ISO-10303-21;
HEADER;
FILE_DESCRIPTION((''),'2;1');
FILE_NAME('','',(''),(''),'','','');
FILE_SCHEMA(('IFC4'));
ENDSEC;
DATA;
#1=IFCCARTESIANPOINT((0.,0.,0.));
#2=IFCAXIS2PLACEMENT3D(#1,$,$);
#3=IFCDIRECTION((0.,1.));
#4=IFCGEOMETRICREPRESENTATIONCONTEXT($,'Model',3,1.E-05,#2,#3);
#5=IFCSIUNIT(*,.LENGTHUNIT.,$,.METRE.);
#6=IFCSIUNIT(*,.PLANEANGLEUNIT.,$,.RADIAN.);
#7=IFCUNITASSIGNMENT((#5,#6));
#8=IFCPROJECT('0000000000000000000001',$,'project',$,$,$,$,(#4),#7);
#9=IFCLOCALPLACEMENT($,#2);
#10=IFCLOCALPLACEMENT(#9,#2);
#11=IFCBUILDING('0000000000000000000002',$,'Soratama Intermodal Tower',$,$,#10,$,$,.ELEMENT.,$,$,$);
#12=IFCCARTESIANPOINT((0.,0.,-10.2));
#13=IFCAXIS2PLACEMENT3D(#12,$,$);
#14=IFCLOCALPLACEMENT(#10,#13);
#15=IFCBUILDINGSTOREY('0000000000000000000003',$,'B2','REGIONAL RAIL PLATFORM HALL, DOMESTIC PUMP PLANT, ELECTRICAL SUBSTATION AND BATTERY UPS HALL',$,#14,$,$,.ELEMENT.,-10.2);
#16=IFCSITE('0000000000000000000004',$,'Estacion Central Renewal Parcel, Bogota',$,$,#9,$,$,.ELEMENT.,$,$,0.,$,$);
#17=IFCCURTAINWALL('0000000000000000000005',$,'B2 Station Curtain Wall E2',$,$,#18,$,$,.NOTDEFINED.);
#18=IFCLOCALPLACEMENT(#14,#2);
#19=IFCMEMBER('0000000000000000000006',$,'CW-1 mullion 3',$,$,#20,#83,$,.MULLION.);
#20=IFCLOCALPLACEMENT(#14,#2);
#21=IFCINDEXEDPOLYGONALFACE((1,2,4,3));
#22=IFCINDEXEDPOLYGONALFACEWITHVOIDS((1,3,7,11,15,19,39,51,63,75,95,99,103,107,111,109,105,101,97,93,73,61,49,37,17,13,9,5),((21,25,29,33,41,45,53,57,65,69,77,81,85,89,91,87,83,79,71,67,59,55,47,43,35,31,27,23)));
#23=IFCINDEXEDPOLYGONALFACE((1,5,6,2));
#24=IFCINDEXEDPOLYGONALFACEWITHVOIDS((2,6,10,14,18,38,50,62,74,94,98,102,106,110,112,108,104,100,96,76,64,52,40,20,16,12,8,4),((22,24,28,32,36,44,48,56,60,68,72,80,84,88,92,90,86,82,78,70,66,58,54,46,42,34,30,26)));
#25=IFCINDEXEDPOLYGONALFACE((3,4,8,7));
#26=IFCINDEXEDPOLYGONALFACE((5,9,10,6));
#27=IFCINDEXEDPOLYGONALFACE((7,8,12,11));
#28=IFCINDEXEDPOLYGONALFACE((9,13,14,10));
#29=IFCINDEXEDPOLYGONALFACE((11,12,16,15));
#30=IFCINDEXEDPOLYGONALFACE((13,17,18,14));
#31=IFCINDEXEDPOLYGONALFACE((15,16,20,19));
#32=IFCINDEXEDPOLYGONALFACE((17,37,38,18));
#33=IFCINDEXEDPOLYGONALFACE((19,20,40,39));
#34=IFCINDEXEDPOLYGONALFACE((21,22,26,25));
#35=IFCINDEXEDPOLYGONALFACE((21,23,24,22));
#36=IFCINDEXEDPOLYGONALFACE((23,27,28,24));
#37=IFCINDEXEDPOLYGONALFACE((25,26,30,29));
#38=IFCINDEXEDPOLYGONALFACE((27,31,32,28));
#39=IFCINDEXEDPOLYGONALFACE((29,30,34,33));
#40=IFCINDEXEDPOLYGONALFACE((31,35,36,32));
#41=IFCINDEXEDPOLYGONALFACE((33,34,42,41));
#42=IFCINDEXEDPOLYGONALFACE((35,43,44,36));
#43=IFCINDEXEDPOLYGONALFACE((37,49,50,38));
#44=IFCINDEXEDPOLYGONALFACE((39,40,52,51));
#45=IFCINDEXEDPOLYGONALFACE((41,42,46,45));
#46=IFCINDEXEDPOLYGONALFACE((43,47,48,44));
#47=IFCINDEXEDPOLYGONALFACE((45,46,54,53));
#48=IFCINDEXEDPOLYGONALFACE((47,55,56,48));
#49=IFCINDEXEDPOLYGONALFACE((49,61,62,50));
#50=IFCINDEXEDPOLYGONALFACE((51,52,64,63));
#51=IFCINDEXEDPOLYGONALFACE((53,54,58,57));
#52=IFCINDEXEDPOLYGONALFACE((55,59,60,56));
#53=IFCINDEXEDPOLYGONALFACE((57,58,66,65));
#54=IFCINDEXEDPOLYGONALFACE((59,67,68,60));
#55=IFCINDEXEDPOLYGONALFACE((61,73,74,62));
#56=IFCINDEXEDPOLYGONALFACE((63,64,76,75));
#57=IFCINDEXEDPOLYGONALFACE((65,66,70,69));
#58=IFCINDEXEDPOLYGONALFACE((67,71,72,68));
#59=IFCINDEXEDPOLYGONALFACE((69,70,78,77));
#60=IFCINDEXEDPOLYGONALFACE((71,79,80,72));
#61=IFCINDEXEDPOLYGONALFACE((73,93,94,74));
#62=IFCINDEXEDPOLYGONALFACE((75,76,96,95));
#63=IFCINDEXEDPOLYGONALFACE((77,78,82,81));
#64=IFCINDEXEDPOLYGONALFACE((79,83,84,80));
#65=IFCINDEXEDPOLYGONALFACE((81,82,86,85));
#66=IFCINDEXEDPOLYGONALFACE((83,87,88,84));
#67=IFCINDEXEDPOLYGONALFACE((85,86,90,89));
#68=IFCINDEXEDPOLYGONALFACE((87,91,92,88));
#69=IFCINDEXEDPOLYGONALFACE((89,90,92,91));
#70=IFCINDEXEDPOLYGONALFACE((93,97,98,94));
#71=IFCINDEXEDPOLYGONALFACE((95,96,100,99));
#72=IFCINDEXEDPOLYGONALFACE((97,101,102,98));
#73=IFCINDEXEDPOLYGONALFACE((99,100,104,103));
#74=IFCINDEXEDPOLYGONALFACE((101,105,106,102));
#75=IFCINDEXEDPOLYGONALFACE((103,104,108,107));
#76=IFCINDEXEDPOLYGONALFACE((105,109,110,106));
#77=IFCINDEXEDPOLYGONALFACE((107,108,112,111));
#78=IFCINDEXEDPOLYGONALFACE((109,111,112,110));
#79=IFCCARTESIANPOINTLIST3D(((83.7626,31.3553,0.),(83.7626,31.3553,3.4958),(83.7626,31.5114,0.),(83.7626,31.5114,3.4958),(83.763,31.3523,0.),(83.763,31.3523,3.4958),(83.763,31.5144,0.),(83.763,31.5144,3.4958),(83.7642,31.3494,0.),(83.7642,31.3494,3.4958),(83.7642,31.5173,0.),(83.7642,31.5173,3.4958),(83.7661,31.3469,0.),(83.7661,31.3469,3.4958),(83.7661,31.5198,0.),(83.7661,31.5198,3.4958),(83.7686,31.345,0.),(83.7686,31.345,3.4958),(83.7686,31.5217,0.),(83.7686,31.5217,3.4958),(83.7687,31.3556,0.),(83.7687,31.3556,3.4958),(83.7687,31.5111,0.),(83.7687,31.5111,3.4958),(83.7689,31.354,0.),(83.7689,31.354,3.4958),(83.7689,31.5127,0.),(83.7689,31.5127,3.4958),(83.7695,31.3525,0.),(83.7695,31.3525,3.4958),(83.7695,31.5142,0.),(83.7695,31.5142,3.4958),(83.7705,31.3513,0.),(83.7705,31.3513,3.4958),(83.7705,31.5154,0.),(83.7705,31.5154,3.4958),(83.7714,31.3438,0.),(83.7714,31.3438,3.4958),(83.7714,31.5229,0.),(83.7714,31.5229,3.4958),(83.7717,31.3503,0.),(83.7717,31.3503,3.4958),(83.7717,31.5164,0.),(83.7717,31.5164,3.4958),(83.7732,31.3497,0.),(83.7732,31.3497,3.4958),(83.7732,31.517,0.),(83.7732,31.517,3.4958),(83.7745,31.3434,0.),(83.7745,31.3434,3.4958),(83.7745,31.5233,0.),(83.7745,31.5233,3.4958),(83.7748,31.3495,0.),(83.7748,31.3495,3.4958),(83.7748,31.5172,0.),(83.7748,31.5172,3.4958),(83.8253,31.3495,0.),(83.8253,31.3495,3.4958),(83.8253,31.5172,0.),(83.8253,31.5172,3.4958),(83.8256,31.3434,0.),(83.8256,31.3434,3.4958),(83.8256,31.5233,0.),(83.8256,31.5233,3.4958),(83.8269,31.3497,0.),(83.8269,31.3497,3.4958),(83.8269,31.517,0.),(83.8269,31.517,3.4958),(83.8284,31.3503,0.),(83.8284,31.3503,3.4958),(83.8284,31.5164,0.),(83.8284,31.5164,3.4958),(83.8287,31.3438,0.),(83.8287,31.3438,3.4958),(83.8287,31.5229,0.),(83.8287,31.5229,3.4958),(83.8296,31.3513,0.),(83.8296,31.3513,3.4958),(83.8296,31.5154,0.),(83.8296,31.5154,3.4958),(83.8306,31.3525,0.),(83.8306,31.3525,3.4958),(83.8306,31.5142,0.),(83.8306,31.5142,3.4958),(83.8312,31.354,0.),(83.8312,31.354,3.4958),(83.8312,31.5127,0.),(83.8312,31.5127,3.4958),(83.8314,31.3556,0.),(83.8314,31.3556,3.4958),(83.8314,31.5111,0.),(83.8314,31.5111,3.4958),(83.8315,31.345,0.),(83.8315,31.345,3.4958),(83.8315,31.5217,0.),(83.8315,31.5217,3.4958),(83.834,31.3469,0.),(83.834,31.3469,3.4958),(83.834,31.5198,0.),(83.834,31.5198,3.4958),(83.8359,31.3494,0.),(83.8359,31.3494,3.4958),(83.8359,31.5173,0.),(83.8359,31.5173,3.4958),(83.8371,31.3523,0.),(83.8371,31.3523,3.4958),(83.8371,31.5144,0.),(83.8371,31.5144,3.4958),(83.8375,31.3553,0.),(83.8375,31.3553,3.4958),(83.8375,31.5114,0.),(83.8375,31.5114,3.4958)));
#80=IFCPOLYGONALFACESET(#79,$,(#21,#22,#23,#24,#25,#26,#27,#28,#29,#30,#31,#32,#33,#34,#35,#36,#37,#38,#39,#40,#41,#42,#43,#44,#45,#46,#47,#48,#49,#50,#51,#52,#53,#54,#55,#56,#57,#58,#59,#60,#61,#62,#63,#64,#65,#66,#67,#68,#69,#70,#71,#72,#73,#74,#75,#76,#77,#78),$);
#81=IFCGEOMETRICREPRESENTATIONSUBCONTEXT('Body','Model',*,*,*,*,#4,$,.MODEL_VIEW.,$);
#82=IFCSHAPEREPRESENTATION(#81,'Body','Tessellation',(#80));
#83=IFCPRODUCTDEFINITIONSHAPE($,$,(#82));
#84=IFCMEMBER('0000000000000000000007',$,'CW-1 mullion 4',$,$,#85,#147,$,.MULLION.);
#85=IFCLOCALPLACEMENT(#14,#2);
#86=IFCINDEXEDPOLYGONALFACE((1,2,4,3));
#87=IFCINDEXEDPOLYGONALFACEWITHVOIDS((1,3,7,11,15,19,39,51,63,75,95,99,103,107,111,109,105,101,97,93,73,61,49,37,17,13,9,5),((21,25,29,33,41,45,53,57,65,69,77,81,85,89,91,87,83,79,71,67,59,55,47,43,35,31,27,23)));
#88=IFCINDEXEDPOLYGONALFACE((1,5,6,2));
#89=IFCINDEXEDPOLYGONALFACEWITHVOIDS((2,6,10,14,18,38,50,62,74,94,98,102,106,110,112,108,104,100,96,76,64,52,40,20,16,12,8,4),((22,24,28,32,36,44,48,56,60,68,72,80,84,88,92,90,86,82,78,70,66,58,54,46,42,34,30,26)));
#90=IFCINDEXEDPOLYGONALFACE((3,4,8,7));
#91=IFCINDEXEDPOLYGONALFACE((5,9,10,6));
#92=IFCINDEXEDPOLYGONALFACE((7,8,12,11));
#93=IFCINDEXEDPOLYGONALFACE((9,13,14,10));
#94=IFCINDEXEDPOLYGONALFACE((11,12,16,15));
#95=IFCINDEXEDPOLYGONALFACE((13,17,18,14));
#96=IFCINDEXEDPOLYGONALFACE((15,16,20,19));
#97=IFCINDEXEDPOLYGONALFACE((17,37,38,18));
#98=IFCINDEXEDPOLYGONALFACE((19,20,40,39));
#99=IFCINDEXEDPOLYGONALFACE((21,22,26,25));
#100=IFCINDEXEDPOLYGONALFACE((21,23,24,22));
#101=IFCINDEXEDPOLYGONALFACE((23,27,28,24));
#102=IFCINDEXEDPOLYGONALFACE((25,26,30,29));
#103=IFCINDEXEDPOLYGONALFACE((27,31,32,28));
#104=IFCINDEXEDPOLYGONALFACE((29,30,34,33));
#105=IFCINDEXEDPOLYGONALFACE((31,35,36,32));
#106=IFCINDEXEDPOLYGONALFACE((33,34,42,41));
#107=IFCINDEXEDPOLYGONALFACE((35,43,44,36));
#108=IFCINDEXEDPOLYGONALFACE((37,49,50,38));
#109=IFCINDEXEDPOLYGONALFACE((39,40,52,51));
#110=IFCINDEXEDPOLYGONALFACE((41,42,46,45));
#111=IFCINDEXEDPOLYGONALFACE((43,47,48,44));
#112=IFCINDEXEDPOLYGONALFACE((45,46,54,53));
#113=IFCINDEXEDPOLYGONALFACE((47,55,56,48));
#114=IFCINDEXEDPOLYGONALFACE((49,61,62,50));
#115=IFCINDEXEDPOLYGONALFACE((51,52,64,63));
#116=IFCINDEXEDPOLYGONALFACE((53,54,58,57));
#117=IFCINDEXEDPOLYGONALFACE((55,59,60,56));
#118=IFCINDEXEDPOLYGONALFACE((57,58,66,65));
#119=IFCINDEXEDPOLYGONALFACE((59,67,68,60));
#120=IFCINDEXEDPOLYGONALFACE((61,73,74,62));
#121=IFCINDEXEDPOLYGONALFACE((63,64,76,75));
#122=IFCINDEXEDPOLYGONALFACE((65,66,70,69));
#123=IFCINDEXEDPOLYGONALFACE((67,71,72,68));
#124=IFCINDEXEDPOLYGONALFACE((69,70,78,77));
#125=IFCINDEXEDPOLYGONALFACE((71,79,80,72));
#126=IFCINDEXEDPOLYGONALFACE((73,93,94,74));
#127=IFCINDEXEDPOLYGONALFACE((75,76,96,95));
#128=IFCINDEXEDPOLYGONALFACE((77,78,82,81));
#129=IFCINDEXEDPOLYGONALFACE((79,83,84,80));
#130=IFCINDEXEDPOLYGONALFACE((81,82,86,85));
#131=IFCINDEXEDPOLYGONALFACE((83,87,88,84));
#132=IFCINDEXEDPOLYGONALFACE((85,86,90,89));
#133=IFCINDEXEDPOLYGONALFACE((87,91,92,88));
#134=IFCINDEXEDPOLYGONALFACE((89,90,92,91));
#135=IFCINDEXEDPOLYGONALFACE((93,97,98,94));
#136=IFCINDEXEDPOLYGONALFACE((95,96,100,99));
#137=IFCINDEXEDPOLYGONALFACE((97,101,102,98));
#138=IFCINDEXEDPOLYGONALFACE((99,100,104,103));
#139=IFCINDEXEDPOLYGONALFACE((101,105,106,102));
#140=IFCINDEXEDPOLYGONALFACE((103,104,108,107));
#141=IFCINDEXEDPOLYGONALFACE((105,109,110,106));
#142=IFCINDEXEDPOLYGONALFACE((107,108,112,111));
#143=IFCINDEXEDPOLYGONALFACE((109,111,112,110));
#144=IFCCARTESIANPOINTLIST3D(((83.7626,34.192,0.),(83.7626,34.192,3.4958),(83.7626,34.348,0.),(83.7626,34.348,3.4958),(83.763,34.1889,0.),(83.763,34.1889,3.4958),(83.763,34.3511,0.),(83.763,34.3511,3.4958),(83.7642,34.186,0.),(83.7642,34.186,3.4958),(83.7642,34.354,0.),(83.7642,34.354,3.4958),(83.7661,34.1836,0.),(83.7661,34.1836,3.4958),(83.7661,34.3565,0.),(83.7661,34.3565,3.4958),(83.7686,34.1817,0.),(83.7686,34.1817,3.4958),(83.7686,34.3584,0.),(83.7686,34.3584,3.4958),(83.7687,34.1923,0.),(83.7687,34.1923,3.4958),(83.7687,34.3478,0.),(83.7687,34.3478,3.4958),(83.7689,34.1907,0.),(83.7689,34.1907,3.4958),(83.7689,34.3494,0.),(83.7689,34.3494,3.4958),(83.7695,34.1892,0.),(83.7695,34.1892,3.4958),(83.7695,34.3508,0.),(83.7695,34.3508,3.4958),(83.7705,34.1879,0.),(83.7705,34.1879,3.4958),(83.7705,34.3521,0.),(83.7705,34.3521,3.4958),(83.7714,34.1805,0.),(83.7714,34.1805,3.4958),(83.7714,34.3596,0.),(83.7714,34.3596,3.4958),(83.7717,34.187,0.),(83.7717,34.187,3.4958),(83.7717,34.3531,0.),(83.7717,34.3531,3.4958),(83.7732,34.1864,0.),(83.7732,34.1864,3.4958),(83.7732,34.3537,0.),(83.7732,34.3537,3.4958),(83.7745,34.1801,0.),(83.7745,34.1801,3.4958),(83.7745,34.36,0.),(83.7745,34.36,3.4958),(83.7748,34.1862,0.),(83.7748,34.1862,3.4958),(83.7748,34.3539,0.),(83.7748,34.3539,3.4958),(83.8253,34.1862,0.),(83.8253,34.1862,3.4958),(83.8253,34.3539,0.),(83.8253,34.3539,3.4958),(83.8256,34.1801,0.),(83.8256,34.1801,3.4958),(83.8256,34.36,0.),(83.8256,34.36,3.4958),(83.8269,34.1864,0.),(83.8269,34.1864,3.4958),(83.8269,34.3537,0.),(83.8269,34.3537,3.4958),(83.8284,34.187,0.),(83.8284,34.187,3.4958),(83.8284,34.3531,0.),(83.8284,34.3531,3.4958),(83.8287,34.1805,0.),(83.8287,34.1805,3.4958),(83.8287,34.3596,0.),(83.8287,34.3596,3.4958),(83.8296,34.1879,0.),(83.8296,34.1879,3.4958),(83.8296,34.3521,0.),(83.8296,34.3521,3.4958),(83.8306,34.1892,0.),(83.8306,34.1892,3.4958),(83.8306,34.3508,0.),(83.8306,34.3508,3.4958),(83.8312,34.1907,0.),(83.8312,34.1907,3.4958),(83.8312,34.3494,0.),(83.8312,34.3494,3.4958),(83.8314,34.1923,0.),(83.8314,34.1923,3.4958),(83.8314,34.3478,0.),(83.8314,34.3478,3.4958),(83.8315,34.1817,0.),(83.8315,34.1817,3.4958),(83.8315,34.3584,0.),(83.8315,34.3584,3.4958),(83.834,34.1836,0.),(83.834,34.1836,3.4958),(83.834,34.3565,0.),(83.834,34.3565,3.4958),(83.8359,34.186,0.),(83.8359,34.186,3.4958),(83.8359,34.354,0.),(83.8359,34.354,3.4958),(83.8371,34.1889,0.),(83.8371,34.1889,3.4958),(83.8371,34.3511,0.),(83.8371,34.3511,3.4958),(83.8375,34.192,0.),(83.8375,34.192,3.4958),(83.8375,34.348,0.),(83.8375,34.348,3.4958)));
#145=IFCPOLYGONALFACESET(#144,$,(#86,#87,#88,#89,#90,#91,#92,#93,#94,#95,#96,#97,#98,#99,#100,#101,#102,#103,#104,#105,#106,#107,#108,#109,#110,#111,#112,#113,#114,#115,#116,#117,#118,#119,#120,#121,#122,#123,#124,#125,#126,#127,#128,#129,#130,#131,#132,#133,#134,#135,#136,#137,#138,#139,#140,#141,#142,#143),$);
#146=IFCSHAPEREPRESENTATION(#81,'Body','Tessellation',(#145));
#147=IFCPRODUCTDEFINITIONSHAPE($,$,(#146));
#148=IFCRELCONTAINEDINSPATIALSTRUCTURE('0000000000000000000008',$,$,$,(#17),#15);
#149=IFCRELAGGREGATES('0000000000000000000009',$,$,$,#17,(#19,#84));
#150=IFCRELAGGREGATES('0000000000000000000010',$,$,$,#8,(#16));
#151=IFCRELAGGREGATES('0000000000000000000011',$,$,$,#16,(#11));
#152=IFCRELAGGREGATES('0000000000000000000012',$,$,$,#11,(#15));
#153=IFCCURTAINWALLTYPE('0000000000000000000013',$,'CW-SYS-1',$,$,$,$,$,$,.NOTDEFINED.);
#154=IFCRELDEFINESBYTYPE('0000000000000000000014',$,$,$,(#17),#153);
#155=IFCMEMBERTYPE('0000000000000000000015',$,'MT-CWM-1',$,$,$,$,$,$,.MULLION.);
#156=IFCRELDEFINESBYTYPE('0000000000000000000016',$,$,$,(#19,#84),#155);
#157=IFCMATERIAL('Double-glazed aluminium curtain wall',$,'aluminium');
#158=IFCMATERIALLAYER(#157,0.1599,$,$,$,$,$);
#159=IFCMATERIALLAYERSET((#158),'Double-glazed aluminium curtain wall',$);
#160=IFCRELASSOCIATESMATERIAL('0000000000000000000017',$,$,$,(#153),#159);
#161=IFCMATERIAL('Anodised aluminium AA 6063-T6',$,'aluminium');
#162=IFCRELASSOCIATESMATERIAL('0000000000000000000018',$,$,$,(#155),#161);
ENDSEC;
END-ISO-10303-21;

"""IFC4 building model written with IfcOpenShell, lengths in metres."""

from ifc_helpers import new_model, si_unit, direction, frame, origin, origin_2d, place, context, subcontext, project, spatial, hollow_rectangle, extrude, material, layer, layer_set, material_profile, profile_set, type_object, element, aggregate, save


model = new_model("IFC4")

# Units and contexts
model_context = context("Model", 3, precision=1e-05, world=origin(), true_north=direction((0.0, 1.0)))
body_context = subcontext(model_context, "Body", "Model", "MODEL_VIEW")
ifc_project = project(units=[si_unit("LENGTHUNIT", "METRE"), si_unit("PLANEANGLEUNIT", "RADIAN")], contexts=[model_context])

# Site, building, storey
site_placement = place(None, origin())
site = spatial("IfcSite", under=ifc_project, at=site_placement, Name="Estacion Central Renewal Parcel, Bogota", CompositionType="ELEMENT", RefElevation=0.0)
building_placement = place(site_placement, origin())
building = spatial("IfcBuilding", under=site, at=building_placement, Name="Soratama Intermodal Tower", CompositionType="ELEMENT")
storey_placement = place(building_placement, frame((0.0, 0.0, -10.2)))
storey = spatial("IfcBuildingStorey", under=building, at=storey_placement, Name="B2", Description="REGIONAL RAIL PLATFORM HALL, DOMESTIC PUMP PLANT, ELECTRICAL SUBSTATION AND BATTERY UPS HALL", CompositionType="ELEMENT", Elevation=-10.2)

# Curtain wall, members
ifc_material_1 = material(Name="Double-glazed aluminium curtain wall", Category="aluminium")
ifc_layer_1 = layer(ifc_material_1, 0.1599)
ifc_layer_set_1 = layer_set([ifc_layer_1], Name="Double-glazed aluminium curtain wall")
curtain_wall_type = type_object("IfcCurtainWallType", Name="CW-SYS-1", PredefinedType="NOTDEFINED", material=ifc_layer_set_1)
curtain_wall_placement = place(storey_placement, origin())
curtain_wall = element("IfcCurtainWall", 1, at=curtain_wall_placement, inside=storey, type_object=curtain_wall_type, Name="B2 Station Curtain Wall E2", PredefinedType="NOTDEFINED")
ifc_material_2 = material(Name="Anodised aluminium AA 6063-T6", Category="aluminium")
ifc_material_profile_1 = material_profile(ifc_material_2, hollow_rectangle(XDim=0.075, YDim=0.1799, WallThickness=0.0061, InnerFilletRadius=0.0061, OuterFilletRadius=0.012, at=origin_2d()), Name="CWM180X75X6")
ifc_profile_set_1 = profile_set([ifc_material_profile_1], Name="Anodised aluminium AA 6063-T6")
member_type_1 = type_object("IfcMemberType", Name="MT-CWM-1", PredefinedType="MULLION", material=ifc_profile_set_1)
member_1_placement = place(storey_placement, frame((83.8, 31.4333, 0.0), z_axis=(0.0, 0.0, 1.0), x_axis=(-1.0, 0.0, 0.0)))
member_1 = element("IfcMember", 2, at=member_1_placement, type_object=member_type_1, Name="CW-1 mullion 3", PredefinedType="MULLION", context=body_context, shape_type="SweptSolid", body=[
    extrude(hollow_rectangle(XDim=0.075, YDim=0.1799, WallThickness=0.0061, InnerFilletRadius=0.0061, OuterFilletRadius=0.012, at=origin_2d()), origin(), (0.0, 0.0, 1.0), 3.4958),
])
member_2_placement = place(storey_placement, frame((83.8, 34.27, 0.0), z_axis=(0.0, 0.0, 1.0), x_axis=(-1.0, 0.0, 0.0)))
member_2 = element("IfcMember", 3, at=member_2_placement, type_object=member_type_1, Name="CW-1 mullion 4", PredefinedType="MULLION", context=body_context, shape_type="SweptSolid", body=[
    extrude(hollow_rectangle(XDim=0.075, YDim=0.1799, WallThickness=0.0061, InnerFilletRadius=0.0061, OuterFilletRadius=0.012, at=origin_2d()), origin(), (0.0, 0.0, 1.0), 3.4958),
])
aggregate(curtain_wall, [member_1, member_2])

save(model, "model.ifc")
